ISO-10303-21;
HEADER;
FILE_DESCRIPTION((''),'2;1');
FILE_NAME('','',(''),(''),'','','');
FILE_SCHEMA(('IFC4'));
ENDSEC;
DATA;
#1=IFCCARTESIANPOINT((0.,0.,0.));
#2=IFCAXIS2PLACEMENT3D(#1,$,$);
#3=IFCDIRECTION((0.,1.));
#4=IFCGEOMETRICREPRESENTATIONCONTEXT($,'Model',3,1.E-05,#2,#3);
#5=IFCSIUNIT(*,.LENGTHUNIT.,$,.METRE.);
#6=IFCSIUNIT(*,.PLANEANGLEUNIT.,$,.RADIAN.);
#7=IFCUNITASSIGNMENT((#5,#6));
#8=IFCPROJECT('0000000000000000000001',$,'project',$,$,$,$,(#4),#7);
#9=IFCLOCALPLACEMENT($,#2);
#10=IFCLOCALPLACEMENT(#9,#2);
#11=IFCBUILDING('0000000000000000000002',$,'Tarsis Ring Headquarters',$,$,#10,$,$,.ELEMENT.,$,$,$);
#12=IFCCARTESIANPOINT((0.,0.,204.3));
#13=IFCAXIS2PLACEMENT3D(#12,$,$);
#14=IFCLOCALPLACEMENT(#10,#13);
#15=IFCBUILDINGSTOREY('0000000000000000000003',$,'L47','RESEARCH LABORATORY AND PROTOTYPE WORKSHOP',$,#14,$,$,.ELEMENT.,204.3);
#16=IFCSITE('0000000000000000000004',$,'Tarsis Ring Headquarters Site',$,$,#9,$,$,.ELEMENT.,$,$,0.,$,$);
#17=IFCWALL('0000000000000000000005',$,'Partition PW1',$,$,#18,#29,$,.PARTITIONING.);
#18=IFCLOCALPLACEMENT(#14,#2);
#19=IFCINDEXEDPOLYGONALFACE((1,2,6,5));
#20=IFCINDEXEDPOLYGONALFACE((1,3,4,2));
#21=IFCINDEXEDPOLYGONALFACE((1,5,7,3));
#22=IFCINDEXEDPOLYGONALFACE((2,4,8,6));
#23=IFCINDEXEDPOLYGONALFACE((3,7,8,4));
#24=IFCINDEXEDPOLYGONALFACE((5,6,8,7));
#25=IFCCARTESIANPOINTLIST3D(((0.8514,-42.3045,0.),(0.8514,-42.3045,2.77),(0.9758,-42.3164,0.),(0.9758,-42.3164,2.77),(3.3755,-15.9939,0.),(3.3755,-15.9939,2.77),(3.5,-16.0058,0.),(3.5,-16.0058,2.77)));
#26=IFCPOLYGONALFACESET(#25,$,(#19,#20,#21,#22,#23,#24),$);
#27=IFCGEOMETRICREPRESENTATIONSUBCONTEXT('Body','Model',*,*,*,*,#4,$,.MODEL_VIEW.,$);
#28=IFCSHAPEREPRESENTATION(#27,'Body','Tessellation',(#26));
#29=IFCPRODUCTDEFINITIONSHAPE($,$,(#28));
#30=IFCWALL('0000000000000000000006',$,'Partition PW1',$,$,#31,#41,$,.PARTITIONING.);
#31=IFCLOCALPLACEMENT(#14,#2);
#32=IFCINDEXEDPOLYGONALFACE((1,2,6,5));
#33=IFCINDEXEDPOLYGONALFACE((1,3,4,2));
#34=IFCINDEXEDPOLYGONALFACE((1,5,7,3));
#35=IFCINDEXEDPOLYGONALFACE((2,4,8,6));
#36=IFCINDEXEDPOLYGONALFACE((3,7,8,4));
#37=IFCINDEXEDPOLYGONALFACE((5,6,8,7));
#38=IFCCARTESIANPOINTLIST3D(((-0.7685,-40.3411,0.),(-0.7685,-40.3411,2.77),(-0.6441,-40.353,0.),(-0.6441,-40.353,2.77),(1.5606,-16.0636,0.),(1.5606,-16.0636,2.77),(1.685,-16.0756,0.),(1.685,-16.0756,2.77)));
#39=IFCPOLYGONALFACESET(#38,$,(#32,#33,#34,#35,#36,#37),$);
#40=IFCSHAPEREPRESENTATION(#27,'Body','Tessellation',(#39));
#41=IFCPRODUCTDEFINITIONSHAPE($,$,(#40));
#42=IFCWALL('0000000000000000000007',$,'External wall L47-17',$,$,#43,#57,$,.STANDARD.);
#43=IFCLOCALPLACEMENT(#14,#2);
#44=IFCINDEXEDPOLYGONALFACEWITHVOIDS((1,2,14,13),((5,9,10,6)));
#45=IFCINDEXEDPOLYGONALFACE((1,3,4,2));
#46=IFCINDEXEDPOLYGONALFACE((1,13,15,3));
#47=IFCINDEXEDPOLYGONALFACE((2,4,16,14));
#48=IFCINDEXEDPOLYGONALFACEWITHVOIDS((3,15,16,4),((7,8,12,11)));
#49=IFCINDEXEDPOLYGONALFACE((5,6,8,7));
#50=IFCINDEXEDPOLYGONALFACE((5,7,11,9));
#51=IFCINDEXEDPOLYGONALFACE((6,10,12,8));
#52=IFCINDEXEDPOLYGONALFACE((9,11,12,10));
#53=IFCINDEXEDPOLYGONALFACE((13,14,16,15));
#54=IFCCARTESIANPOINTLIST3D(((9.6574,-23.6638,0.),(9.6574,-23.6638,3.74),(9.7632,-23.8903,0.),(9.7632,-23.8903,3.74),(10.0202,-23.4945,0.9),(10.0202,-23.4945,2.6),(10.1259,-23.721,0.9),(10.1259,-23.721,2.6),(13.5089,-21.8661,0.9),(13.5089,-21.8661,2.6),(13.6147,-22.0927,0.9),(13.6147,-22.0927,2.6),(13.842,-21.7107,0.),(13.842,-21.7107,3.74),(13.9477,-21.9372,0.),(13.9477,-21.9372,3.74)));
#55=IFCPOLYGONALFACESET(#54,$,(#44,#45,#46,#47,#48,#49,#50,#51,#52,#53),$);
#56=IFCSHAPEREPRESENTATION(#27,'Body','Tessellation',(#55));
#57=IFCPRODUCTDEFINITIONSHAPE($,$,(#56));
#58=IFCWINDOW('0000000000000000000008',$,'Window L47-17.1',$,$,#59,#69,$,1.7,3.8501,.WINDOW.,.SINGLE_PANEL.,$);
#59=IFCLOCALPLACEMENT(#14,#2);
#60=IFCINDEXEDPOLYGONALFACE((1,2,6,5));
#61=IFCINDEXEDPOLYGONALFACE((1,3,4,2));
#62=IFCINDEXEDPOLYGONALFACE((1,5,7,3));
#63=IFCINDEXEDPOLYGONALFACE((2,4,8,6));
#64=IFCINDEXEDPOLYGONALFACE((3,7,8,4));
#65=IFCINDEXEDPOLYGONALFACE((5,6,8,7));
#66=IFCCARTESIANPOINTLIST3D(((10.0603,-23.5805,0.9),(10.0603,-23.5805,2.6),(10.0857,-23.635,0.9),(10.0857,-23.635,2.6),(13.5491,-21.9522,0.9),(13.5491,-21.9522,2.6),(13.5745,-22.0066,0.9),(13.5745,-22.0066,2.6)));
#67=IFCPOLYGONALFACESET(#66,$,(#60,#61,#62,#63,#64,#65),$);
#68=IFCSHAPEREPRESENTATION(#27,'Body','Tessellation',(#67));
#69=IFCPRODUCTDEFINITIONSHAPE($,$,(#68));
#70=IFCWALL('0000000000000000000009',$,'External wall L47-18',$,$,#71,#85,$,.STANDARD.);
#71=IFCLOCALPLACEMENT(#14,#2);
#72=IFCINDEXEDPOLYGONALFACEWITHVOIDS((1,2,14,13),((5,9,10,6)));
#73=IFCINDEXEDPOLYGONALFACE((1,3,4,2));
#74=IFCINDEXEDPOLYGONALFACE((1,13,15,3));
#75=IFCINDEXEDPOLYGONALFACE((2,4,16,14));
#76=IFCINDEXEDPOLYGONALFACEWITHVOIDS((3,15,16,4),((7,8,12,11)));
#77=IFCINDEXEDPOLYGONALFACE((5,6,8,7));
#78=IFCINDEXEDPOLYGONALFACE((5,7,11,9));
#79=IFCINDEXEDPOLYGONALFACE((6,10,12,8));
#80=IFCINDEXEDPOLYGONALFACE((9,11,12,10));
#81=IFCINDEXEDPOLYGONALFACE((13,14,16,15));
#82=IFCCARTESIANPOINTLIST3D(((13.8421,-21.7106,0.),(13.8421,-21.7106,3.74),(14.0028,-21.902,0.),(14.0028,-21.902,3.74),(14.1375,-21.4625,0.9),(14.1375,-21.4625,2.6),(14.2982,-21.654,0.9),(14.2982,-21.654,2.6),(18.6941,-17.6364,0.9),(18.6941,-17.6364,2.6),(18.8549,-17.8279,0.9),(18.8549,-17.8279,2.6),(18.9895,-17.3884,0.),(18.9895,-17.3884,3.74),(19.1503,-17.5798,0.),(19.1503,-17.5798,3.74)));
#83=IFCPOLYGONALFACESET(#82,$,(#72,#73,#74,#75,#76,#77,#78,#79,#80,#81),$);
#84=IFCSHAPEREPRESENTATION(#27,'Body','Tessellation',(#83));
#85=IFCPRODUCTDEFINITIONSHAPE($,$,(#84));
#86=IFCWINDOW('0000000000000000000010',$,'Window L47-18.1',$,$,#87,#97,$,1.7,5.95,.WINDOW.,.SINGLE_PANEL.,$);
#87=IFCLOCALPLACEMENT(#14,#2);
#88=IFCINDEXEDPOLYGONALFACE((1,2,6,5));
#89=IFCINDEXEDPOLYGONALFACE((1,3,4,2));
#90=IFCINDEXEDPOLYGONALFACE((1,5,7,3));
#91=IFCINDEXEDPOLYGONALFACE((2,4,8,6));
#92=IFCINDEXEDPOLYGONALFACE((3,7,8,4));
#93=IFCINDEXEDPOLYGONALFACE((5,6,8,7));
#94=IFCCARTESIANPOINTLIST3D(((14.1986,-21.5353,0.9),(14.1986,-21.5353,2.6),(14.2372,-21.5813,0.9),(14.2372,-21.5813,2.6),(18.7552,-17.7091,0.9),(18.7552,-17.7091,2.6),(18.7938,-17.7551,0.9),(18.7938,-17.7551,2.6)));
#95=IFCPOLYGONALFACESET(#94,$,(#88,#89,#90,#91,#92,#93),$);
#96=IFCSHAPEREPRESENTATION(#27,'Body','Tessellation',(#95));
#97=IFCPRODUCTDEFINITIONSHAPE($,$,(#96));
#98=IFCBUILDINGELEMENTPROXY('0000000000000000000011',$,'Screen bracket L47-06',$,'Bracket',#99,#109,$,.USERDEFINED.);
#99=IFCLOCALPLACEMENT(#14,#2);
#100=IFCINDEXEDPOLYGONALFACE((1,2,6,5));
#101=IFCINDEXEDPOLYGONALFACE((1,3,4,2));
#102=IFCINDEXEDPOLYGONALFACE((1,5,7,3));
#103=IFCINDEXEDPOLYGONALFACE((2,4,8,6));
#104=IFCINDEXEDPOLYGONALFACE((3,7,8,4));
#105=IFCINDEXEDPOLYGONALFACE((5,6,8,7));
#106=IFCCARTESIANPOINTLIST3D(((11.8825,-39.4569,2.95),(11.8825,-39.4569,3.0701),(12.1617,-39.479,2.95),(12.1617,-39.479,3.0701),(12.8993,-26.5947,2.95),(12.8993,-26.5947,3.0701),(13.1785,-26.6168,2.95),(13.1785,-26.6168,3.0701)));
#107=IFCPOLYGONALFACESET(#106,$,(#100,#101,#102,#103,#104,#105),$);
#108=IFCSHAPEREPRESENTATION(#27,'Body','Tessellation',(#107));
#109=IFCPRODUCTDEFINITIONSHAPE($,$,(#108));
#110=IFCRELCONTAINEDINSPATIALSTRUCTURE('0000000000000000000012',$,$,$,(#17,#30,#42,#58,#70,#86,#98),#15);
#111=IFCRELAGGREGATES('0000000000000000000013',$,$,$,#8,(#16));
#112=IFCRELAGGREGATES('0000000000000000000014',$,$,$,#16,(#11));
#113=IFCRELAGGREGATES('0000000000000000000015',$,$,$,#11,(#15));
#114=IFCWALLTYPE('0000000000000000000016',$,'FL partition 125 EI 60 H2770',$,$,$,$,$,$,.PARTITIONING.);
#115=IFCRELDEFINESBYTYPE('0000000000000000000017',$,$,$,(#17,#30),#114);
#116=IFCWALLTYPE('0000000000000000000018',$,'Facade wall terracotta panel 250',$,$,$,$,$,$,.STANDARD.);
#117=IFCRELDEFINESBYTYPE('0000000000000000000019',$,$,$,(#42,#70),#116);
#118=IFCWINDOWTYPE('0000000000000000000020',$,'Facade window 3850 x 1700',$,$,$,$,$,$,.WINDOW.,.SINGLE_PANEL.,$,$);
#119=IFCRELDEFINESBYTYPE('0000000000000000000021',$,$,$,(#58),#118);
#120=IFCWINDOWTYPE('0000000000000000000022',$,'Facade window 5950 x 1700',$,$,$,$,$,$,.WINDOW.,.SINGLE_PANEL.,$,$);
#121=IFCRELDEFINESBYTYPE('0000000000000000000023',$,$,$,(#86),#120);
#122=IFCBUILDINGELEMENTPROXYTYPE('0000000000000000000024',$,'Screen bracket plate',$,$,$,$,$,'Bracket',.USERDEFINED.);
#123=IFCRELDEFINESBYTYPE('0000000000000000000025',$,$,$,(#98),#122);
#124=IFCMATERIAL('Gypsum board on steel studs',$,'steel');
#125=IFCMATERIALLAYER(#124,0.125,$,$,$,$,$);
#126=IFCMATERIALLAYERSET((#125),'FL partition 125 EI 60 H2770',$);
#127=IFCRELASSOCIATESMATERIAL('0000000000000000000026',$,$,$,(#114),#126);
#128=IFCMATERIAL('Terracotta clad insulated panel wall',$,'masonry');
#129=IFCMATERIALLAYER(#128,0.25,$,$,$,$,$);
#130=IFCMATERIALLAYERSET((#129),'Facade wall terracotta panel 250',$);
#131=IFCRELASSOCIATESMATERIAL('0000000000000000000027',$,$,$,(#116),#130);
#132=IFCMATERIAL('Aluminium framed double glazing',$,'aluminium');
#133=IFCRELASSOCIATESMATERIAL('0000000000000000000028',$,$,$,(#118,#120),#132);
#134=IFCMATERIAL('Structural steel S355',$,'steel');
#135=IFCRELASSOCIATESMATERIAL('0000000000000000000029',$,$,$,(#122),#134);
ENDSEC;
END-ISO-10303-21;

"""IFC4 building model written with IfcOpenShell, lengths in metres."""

from ifc_helpers import new_model, si_unit, direction, frame, frame_2d, origin, origin_2d, place, context, subcontext, project, spatial, rectangle, extrude, material, layer, layer_set, type_object, element, fill, save


model = new_model("IFC4")

# Units and contexts
model_context = context("Model", 3, precision=1e-05, world=origin(), true_north=direction((0.0, 1.0)))
body_context = subcontext(model_context, "Body", "Model", "MODEL_VIEW")
ifc_project = project(units=[si_unit("LENGTHUNIT", "METRE"), si_unit("PLANEANGLEUNIT", "RADIAN")], contexts=[model_context])

# Site, building, storey
site_placement = place(None, origin())
site = spatial("IfcSite", under=ifc_project, at=site_placement, Name="Tarsis Ring Headquarters Site", CompositionType="ELEMENT", RefElevation=0.0)
building_placement = place(site_placement, origin())
building = spatial("IfcBuilding", under=site, at=building_placement, Name="Tarsis Ring Headquarters", CompositionType="ELEMENT")
storey_placement = place(building_placement, frame((0.0, 0.0, 204.3)))
storey = spatial("IfcBuildingStorey", under=building, at=storey_placement, Name="L47", Description="RESEARCH LABORATORY AND PROTOTYPE WORKSHOP", CompositionType="ELEMENT", Elevation=204.3)

# Shared definitions
ifc_material_1 = material(Name="Structural steel S355", Category="steel")

# Walls
ifc_material_2 = material(Name="Gypsum board on steel studs", Category="steel")
ifc_layer_1 = layer(ifc_material_2, 0.125)
ifc_layer_set_1 = layer_set([ifc_layer_1], Name="FL partition 125 EI 60 H2770")
wall_type_1 = type_object("IfcWallType", Name="FL partition 125 EI 60 H2770", PredefinedType="PARTITIONING", material=ifc_layer_set_1)
wall_1_placement = place(storey_placement, frame((0.9136, -42.3105, 0.0), z_axis=(0.0, 0.0, 1.0), x_axis=(0.095499, 0.99543, 0.0)))
element("IfcWall", 1, at=wall_1_placement, inside=storey, type_object=wall_type_1, Name="Partition PW1", PredefinedType="PARTITIONING", context=body_context, shape_type="SweptSolid", body=[
    extrude(rectangle(XDim=26.4314, YDim=0.125, at=frame_2d((13.2158, 0.0))), origin(), (0.0, 0.0, 1.0), 2.77),
])
wall_2_placement = place(storey_placement, frame((-0.7063, -40.3469, 0.0), z_axis=(0.0, 0.0, 1.0), x_axis=(0.095499, 0.99543, 0.0)))
element("IfcWall", 2, at=wall_2_placement, inside=storey, type_object=wall_type_1, Name="Partition PW1", PredefinedType="PARTITIONING", context=body_context, shape_type="SweptSolid", body=[
    extrude(rectangle(XDim=24.3889, YDim=0.125, at=frame_2d((12.1943, 0.0))), origin(), (0.0, 0.0, 1.0), 2.77),
])

# Walls, openings, windows
ifc_material_3 = material(Name="Terracotta clad insulated panel wall", Category="masonry")
ifc_layer_2 = layer(ifc_material_3, 0.25)
ifc_layer_set_2 = layer_set([ifc_layer_2], Name="Facade wall terracotta panel 250")
wall_type_2 = type_object("IfcWallType", Name="Facade wall terracotta panel 250", PredefinedType="STANDARD", material=ifc_layer_set_2)
wall_3_placement = place(storey_placement, frame((9.7102, -23.7771, 0.0), z_axis=(0.0, 0.0, 1.0), x_axis=(0.906156, 0.422943, 0.0)))
wall_3 = element("IfcWall", 3, at=wall_3_placement, inside=storey, type_object=wall_type_2, Name="External wall L47-17", PredefinedType="STANDARD", context=body_context, shape_type="SweptSolid", body=[
    extrude(rectangle(XDim=4.6179, YDim=0.25, at=frame_2d((2.3091, 0.0))), origin(), (0.0, 0.0, 1.0), 3.74),
])
opening_1_placement = place(wall_3_placement, frame((0.4004, 0.0, 0.8999)))
opening_1 = element("IfcOpeningElement", 4, at=opening_1_placement, cuts=wall_3, PredefinedType="OPENING", context=body_context, shape_type="SweptSolid", body=[
    extrude(rectangle(XDim=3.8501, YDim=1.7, at=frame_2d((1.925, 0.8501))), frame((0.0, 0.135, 0.0), z_axis=(0.0, -1.0, 0.0), x_axis=(1.0, 0.0, 0.0)), (0.0, 0.0, 1.0), 0.27),
])
ifc_material_4 = material(Name="Aluminium framed double glazing", Category="aluminium")
window_type_1 = type_object("IfcWindowType", Name="Facade window 3850 x 1700", PartitioningType="SINGLE_PANEL", PredefinedType="WINDOW", material=ifc_material_4)
window_1_placement = place(opening_1_placement, origin())
window_1 = element("IfcWindow", 5, at=window_1_placement, inside=storey, type_object=window_type_1, Name="Window L47-17.1", OverallHeight=1.7, OverallWidth=3.8501, PartitioningType="SINGLE_PANEL", PredefinedType="WINDOW", context=body_context, shape_type="SweptSolid", body=[
    extrude(rectangle(XDim=3.8501, YDim=1.7, at=frame_2d((1.925, 0.8501))), frame((0.0, 0.03, 0.0), z_axis=(0.0, -1.0, 0.0), x_axis=(1.0, 0.0, 0.0)), (0.0, 0.0, 1.0), 0.0601),
])
fill(opening_1, window_1)
wall_4_placement = place(storey_placement, frame((13.9224, -21.8064, 0.0), z_axis=(0.0, 0.0, 1.0), x_axis=(0.765822, 0.643052, 0.0)))
wall_4 = element("IfcWall", 6, at=wall_4_placement, inside=storey, type_object=wall_type_2, Name="External wall L47-18", PredefinedType="STANDARD", context=body_context, shape_type="SweptSolid", body=[
    extrude(rectangle(XDim=6.7214, YDim=0.25, at=frame_2d((3.3608, 0.0))), origin(), (0.0, 0.0, 1.0), 3.74),
])
opening_2_placement = place(wall_4_placement, frame((0.3857, 0.0, 0.8999)))
opening_2 = element("IfcOpeningElement", 7, at=opening_2_placement, cuts=wall_4, PredefinedType="OPENING", context=body_context, shape_type="SweptSolid", body=[
    extrude(rectangle(XDim=5.95, YDim=1.7, at=frame_2d((2.9751, 0.8501))), frame((0.0, 0.135, 0.0), z_axis=(0.0, -1.0, 0.0), x_axis=(1.0, 0.0, 0.0)), (0.0, 0.0, 1.0), 0.27),
])
window_type_2 = type_object("IfcWindowType", Name="Facade window 5950 x 1700", PartitioningType="SINGLE_PANEL", PredefinedType="WINDOW", material=ifc_material_4)
window_2_placement = place(opening_2_placement, origin())
window_2 = element("IfcWindow", 8, at=window_2_placement, inside=storey, type_object=window_type_2, Name="Window L47-18.1", OverallHeight=1.7, OverallWidth=5.95, PartitioningType="SINGLE_PANEL", PredefinedType="WINDOW", context=body_context, shape_type="SweptSolid", body=[
    extrude(rectangle(XDim=5.95, YDim=1.7, at=frame_2d((2.9751, 0.8501))), frame((0.0, 0.03, 0.0), z_axis=(0.0, -1.0, 0.0), x_axis=(1.0, 0.0, 0.0)), (0.0, 0.0, 1.0), 0.0601),
])
fill(opening_2, window_2)

# Building element proxy
building_element_proxy_type = type_object("IfcBuildingElementProxyType", Name="Screen bracket plate", ElementType="Bracket", PredefinedType="USERDEFINED", material=ifc_material_1)
proxy_placement = place(storey_placement, frame((12.5305, -33.0369, 2.95), z_axis=(0.0, 0.0, 1.0), x_axis=(0.078807, 0.99689, 0.0)))
element("IfcBuildingElementProxy", 9, at=proxy_placement, inside=storey, type_object=building_element_proxy_type, Name="Screen bracket L47-06", ObjectType="Bracket", PredefinedType="USERDEFINED", context=body_context, shape_type="SweptSolid", body=[
    extrude(rectangle(XDim=12.9023, YDim=0.28, at=origin_2d()), origin(), (0.0, 0.0, 1.0), 0.1201),
])

save(model, "model.ifc")
